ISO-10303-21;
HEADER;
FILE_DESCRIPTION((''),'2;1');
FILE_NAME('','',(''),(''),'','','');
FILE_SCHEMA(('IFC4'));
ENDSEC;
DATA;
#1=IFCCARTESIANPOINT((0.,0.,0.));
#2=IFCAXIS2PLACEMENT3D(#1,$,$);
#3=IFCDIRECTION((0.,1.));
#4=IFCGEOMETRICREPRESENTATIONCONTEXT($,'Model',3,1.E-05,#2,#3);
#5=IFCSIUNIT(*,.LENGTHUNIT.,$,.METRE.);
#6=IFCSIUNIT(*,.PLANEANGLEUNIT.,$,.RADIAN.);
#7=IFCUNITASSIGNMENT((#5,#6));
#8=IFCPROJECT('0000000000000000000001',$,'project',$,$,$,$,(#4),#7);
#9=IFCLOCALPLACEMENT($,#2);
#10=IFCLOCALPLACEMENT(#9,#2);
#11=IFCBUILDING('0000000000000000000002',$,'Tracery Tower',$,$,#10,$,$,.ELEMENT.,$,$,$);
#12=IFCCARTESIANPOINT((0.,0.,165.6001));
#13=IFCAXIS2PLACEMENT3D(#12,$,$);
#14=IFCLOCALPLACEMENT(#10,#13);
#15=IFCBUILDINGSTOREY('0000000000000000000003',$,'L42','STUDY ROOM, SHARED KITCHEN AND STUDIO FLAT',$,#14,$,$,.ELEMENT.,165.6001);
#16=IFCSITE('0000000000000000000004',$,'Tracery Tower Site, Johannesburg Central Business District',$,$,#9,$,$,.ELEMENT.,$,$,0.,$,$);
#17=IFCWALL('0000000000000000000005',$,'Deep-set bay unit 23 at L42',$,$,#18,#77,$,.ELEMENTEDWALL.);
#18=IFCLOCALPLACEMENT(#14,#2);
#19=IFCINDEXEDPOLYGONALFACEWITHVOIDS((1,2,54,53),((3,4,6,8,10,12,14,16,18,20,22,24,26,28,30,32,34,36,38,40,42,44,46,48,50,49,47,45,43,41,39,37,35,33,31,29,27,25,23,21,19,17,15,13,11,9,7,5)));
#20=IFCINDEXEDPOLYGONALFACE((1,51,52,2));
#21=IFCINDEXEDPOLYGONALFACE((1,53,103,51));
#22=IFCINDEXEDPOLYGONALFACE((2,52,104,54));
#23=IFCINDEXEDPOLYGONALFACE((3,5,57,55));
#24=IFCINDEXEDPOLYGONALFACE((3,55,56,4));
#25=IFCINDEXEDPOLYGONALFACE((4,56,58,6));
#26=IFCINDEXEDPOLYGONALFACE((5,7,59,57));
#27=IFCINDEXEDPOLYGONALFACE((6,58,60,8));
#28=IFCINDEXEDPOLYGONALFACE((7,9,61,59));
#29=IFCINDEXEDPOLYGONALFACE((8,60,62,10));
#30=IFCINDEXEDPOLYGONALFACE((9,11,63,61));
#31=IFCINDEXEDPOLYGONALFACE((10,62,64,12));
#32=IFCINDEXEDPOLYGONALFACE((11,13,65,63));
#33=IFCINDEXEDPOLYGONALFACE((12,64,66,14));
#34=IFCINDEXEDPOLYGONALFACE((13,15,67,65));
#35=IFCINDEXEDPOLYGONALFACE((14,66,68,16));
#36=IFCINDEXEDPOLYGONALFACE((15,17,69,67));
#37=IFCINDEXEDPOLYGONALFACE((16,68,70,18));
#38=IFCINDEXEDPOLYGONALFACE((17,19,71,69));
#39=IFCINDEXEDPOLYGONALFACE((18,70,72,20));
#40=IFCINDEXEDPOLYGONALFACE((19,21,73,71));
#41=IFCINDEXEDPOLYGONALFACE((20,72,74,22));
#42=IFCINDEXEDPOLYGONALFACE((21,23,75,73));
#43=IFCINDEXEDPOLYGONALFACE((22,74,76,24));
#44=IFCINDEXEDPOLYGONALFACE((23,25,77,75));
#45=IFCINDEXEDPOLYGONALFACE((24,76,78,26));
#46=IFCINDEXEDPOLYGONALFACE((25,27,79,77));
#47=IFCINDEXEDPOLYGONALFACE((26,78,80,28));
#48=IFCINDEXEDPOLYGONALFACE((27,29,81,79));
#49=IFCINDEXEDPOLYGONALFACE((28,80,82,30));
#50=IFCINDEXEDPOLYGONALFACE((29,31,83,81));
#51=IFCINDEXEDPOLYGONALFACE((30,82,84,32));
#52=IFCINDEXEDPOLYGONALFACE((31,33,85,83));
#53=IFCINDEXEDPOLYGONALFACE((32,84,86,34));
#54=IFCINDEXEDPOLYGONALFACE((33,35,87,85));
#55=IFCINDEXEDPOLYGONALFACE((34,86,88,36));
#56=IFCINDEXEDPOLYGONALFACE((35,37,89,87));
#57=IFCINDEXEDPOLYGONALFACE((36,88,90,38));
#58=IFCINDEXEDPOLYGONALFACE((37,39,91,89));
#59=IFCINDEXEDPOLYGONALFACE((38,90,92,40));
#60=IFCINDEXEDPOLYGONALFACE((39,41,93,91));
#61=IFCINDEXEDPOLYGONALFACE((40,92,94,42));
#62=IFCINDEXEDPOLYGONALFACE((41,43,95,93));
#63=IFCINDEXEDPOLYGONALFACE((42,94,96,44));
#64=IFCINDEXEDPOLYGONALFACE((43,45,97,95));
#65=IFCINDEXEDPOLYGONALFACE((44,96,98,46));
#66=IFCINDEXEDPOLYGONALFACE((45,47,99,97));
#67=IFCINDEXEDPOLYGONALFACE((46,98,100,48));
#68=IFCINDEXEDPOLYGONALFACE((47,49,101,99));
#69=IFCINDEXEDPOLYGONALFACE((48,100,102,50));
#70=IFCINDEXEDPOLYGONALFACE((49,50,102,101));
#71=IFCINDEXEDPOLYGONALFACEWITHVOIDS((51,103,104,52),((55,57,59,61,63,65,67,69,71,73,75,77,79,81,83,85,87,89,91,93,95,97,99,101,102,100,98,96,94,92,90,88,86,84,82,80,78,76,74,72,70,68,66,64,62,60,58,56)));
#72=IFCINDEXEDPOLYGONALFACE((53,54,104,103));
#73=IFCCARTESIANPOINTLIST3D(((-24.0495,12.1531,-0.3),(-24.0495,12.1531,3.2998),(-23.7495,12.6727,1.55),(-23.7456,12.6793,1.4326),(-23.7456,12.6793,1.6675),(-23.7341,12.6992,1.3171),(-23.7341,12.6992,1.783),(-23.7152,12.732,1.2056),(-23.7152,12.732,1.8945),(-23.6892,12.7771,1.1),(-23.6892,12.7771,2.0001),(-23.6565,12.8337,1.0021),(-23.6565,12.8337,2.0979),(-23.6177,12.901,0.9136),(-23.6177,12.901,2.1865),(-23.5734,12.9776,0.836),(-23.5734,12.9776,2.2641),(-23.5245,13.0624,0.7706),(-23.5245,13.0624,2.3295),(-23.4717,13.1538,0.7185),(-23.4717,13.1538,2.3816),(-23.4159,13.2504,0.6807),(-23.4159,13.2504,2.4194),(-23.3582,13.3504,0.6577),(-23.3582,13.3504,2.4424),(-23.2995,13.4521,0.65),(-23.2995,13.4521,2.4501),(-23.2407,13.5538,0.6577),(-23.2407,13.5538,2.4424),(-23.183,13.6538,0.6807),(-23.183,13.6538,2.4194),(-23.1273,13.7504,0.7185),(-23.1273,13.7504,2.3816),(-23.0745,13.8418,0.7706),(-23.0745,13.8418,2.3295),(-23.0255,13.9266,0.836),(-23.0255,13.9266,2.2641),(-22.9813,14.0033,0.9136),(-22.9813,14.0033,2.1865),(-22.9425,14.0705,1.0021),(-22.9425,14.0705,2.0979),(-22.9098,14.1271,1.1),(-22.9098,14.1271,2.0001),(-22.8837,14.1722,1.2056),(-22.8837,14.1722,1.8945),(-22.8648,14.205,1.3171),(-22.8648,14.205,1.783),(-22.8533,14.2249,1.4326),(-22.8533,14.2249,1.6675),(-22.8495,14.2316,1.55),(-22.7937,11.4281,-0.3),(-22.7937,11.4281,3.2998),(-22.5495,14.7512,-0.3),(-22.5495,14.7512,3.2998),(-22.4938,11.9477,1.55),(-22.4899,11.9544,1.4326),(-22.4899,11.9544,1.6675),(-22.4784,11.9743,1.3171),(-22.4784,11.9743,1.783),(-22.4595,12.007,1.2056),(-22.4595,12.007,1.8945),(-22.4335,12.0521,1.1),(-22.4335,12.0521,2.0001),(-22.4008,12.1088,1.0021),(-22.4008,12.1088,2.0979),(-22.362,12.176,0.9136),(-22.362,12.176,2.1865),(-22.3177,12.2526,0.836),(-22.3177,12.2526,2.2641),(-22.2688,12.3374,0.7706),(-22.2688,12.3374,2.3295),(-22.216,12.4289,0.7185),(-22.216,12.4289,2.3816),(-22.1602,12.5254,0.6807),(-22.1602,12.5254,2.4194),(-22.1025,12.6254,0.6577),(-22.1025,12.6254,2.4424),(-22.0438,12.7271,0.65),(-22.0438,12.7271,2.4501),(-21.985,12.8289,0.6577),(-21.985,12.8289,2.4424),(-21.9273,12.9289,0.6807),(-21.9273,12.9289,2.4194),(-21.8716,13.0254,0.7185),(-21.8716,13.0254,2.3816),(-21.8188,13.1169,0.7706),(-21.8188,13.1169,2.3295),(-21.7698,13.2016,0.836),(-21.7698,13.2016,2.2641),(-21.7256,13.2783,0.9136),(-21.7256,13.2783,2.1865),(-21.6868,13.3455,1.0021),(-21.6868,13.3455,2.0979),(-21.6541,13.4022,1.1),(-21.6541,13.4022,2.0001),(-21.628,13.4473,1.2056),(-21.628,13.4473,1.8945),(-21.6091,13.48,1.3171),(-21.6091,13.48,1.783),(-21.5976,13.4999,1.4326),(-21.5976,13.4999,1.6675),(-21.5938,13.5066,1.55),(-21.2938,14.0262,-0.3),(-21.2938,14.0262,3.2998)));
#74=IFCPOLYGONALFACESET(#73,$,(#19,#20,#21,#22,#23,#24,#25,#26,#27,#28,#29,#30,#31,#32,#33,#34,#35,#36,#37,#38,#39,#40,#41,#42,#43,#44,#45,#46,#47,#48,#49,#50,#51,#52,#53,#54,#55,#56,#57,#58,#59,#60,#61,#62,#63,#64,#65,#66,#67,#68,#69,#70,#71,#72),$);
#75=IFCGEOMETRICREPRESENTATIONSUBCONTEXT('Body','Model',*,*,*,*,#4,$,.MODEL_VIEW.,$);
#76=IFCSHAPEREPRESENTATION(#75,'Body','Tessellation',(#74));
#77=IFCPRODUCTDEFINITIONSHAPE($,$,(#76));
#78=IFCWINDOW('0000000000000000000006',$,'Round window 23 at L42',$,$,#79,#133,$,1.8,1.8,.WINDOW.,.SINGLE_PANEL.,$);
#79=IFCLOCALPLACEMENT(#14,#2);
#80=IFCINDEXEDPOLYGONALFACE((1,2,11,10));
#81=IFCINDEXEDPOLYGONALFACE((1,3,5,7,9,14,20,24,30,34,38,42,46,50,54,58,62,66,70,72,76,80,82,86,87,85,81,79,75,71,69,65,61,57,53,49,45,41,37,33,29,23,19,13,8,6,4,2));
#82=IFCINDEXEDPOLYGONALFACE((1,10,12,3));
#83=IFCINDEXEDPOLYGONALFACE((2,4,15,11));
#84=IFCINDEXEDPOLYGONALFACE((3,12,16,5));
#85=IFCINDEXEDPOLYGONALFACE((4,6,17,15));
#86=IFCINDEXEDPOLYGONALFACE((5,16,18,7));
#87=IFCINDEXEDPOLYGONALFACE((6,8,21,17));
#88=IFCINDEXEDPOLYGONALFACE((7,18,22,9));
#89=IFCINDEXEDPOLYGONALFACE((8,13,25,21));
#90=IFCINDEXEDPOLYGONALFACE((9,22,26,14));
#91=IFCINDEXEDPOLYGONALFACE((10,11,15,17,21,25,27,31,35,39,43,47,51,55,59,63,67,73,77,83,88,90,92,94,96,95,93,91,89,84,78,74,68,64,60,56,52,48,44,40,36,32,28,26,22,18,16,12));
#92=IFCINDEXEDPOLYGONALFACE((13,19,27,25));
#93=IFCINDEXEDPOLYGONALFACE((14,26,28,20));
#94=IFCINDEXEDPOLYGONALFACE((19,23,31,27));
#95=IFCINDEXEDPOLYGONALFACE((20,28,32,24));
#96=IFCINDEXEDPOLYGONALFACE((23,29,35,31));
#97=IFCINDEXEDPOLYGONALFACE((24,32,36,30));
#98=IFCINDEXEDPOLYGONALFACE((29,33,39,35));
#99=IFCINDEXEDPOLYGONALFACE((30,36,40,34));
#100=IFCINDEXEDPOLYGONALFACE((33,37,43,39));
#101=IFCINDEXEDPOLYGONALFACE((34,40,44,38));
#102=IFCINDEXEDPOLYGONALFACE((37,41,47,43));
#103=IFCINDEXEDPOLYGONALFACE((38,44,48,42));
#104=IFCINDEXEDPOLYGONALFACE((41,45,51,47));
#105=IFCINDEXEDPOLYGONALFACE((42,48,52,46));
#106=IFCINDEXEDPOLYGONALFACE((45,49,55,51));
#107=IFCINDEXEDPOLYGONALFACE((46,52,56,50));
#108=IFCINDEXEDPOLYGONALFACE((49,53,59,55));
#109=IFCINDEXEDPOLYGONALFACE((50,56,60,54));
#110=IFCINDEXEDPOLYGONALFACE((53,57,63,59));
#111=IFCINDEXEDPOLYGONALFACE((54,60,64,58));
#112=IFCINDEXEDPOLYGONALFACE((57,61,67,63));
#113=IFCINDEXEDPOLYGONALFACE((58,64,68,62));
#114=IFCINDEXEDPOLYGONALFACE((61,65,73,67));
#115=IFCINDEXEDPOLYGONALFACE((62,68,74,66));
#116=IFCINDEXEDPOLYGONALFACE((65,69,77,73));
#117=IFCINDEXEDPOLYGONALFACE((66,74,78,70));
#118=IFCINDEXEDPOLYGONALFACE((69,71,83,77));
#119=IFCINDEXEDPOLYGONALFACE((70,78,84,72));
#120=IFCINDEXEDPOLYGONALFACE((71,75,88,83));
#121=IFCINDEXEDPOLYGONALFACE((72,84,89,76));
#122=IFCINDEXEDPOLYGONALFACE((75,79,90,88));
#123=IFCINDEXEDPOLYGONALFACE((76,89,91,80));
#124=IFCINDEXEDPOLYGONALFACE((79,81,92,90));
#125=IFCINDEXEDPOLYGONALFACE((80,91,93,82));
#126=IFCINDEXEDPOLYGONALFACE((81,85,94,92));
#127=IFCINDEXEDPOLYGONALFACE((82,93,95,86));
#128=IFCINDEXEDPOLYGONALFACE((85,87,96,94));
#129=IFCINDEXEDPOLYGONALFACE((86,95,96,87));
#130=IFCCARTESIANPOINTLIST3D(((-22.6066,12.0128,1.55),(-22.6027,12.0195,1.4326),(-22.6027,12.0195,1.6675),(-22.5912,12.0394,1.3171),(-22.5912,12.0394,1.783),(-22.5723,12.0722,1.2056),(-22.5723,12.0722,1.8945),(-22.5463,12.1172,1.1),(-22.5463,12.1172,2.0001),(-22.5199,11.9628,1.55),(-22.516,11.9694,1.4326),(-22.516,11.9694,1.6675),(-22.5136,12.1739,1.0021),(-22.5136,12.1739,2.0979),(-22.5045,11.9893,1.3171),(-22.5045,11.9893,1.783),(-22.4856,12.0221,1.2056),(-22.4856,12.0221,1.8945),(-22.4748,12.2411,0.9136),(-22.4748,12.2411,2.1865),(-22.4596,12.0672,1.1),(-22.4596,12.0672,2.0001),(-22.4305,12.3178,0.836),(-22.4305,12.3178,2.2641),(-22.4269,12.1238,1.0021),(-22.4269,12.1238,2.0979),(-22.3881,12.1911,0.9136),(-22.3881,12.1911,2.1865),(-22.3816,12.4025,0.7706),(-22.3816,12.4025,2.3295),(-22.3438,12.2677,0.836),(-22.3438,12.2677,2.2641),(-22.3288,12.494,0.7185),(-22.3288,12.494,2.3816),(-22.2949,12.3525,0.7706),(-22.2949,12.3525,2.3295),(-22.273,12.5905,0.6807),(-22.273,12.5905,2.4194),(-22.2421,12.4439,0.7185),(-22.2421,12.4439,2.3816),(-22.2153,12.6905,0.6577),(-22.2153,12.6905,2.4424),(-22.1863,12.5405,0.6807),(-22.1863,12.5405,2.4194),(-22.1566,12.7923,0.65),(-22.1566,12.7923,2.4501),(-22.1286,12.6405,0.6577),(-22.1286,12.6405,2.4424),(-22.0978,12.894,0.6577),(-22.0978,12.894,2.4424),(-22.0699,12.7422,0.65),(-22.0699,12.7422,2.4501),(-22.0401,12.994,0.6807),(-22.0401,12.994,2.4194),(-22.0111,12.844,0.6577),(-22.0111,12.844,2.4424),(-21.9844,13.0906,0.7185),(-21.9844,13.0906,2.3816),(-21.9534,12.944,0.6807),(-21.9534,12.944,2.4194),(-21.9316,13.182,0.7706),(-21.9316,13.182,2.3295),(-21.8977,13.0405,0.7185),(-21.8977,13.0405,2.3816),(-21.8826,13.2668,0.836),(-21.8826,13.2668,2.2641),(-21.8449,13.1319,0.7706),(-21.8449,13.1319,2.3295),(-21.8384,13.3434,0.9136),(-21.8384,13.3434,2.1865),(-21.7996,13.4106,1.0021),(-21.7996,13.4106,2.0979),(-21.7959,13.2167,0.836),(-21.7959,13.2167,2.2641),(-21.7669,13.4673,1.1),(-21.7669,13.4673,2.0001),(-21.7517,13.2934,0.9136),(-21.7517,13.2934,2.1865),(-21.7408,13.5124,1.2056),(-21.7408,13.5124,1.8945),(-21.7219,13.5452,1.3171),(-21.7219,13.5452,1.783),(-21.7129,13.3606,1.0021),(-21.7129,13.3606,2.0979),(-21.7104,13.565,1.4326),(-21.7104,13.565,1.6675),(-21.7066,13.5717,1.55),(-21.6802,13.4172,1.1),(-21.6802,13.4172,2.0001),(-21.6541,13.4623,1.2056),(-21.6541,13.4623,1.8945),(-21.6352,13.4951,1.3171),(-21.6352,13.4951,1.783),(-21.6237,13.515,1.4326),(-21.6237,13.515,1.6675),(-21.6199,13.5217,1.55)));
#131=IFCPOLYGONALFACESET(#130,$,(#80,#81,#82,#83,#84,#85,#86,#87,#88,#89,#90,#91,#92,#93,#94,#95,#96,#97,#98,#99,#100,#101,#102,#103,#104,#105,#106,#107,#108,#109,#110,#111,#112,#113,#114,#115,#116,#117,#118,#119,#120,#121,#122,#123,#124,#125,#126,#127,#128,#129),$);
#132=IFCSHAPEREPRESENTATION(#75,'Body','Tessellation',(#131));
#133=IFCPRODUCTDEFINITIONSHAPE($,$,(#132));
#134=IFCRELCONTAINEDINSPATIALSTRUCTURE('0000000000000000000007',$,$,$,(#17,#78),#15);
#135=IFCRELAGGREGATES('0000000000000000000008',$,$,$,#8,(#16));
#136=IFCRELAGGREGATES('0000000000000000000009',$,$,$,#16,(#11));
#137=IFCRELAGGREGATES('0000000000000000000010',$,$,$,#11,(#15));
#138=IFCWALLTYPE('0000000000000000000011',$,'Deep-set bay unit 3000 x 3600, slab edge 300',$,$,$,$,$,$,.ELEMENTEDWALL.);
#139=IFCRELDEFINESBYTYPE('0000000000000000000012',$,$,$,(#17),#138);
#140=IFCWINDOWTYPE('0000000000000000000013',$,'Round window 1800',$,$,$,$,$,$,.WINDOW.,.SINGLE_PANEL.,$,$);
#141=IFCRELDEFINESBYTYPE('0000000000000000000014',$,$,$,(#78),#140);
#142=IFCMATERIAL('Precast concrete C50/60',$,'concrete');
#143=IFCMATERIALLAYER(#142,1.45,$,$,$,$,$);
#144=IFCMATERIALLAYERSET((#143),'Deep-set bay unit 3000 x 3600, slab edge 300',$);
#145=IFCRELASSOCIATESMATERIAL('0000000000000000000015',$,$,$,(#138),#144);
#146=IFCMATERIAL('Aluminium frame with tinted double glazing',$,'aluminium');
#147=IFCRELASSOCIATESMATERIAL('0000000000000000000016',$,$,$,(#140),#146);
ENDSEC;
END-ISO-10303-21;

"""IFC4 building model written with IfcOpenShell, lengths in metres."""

from ifc_helpers import new_model, si_unit, direction, frame, frame_2d, origin, origin_2d, place, context, subcontext, project, spatial, rectangle, circle, extrude, material, layer, layer_set, type_object, element, fill, save


model = new_model("IFC4")

# Units and contexts
model_context = context("Model", 3, precision=1e-05, world=origin(), true_north=direction((0.0, 1.0)))
body_context = subcontext(model_context, "Body", "Model", "MODEL_VIEW")
ifc_project = project(units=[si_unit("LENGTHUNIT", "METRE"), si_unit("PLANEANGLEUNIT", "RADIAN")], contexts=[model_context])

# Site, building, storey
site_placement = place(None, origin())
site = spatial("IfcSite", under=ifc_project, at=site_placement, Name="Tracery Tower Site, Johannesburg Central Business District", CompositionType="ELEMENT", RefElevation=0.0)
building_placement = place(site_placement, origin())
building = spatial("IfcBuilding", under=site, at=building_placement, Name="Tracery Tower", CompositionType="ELEMENT")
storey_placement = place(building_placement, frame((0.0, 0.0, 165.6001)))
storey = spatial("IfcBuildingStorey", under=building, at=storey_placement, Name="L42", Description="STUDY ROOM, SHARED KITCHEN AND STUDIO FLAT", CompositionType="ELEMENT", Elevation=165.6001)

# Wall, opening, window
ifc_material_1 = material(Name="Precast concrete C50/60", Category="concrete")
ifc_layer_1 = layer(ifc_material_1, 1.45)
ifc_layer_set_1 = layer_set([ifc_layer_1], Name="Deep-set bay unit 3000 x 3600, slab edge 300")
wall_type_1 = type_object("IfcWallType", Name="Deep-set bay unit 3000 x 3600, slab edge 300", PredefinedType="ELEMENTEDWALL", material=ifc_layer_set_1)
ifc_material_2 = material(Name="Aluminium frame with tinted double glazing", Category="aluminium")
window_type = type_object("IfcWindowType", Name="Round window 1800", PartitioningType="SINGLE_PANEL", PredefinedType="WINDOW", material=ifc_material_2)
wall_1_placement = place(storey_placement, frame((-21.9216, 14.3887, -0.3), z_axis=(0.0, 0.0, 1.0), x_axis=(-0.49999, -0.866031, 0.0)))
wall_1 = element("IfcWall", 1, at=wall_1_placement, inside=storey, type_object=wall_type_1, Name="Deep-set bay unit 23 at L42", PredefinedType="ELEMENTEDWALL", context=body_context, shape_type="SweptSolid", body=[
    extrude(rectangle(XDim=3.0, YDim=1.45, at=frame_2d((1.5, 0.0))), origin(), (0.0, 0.0, 1.0), 3.5999),
])
opening_1_placement = place(wall_1_placement, frame((1.5, 0.0, 1.8501)))
opening_1 = element("IfcOpeningElement", 2, at=opening_1_placement, cuts=wall_1, PredefinedType="OPENING", context=body_context, shape_type="SweptSolid", body=[
    extrude(circle(Radius=0.9, at=origin_2d()), frame((0.0, 0.7349, 0.0), z_axis=(0.0, -1.0, 0.0), x_axis=(1.0, 0.0, 0.0)), (0.0, 0.0, 1.0), 1.47),
])
window_1_placement = place(opening_1_placement, origin())
window_1 = element("IfcWindow", 3, at=window_1_placement, inside=storey, type_object=window_type, Name="Round window 23 at L42", OverallHeight=1.8, OverallWidth=1.8, PartitioningType="SINGLE_PANEL", PredefinedType="WINDOW", context=body_context, shape_type="SweptSolid", body=[
    extrude(circle(Radius=0.9, at=origin_2d()), frame((0.0, 0.6948, 0.0), z_axis=(0.0, -1.0, 0.0), x_axis=(1.0, 0.0, 0.0)), (0.0, 0.0, 1.0), 0.1001),
])
fill(opening_1, window_1)

save(model, "model.ifc")
